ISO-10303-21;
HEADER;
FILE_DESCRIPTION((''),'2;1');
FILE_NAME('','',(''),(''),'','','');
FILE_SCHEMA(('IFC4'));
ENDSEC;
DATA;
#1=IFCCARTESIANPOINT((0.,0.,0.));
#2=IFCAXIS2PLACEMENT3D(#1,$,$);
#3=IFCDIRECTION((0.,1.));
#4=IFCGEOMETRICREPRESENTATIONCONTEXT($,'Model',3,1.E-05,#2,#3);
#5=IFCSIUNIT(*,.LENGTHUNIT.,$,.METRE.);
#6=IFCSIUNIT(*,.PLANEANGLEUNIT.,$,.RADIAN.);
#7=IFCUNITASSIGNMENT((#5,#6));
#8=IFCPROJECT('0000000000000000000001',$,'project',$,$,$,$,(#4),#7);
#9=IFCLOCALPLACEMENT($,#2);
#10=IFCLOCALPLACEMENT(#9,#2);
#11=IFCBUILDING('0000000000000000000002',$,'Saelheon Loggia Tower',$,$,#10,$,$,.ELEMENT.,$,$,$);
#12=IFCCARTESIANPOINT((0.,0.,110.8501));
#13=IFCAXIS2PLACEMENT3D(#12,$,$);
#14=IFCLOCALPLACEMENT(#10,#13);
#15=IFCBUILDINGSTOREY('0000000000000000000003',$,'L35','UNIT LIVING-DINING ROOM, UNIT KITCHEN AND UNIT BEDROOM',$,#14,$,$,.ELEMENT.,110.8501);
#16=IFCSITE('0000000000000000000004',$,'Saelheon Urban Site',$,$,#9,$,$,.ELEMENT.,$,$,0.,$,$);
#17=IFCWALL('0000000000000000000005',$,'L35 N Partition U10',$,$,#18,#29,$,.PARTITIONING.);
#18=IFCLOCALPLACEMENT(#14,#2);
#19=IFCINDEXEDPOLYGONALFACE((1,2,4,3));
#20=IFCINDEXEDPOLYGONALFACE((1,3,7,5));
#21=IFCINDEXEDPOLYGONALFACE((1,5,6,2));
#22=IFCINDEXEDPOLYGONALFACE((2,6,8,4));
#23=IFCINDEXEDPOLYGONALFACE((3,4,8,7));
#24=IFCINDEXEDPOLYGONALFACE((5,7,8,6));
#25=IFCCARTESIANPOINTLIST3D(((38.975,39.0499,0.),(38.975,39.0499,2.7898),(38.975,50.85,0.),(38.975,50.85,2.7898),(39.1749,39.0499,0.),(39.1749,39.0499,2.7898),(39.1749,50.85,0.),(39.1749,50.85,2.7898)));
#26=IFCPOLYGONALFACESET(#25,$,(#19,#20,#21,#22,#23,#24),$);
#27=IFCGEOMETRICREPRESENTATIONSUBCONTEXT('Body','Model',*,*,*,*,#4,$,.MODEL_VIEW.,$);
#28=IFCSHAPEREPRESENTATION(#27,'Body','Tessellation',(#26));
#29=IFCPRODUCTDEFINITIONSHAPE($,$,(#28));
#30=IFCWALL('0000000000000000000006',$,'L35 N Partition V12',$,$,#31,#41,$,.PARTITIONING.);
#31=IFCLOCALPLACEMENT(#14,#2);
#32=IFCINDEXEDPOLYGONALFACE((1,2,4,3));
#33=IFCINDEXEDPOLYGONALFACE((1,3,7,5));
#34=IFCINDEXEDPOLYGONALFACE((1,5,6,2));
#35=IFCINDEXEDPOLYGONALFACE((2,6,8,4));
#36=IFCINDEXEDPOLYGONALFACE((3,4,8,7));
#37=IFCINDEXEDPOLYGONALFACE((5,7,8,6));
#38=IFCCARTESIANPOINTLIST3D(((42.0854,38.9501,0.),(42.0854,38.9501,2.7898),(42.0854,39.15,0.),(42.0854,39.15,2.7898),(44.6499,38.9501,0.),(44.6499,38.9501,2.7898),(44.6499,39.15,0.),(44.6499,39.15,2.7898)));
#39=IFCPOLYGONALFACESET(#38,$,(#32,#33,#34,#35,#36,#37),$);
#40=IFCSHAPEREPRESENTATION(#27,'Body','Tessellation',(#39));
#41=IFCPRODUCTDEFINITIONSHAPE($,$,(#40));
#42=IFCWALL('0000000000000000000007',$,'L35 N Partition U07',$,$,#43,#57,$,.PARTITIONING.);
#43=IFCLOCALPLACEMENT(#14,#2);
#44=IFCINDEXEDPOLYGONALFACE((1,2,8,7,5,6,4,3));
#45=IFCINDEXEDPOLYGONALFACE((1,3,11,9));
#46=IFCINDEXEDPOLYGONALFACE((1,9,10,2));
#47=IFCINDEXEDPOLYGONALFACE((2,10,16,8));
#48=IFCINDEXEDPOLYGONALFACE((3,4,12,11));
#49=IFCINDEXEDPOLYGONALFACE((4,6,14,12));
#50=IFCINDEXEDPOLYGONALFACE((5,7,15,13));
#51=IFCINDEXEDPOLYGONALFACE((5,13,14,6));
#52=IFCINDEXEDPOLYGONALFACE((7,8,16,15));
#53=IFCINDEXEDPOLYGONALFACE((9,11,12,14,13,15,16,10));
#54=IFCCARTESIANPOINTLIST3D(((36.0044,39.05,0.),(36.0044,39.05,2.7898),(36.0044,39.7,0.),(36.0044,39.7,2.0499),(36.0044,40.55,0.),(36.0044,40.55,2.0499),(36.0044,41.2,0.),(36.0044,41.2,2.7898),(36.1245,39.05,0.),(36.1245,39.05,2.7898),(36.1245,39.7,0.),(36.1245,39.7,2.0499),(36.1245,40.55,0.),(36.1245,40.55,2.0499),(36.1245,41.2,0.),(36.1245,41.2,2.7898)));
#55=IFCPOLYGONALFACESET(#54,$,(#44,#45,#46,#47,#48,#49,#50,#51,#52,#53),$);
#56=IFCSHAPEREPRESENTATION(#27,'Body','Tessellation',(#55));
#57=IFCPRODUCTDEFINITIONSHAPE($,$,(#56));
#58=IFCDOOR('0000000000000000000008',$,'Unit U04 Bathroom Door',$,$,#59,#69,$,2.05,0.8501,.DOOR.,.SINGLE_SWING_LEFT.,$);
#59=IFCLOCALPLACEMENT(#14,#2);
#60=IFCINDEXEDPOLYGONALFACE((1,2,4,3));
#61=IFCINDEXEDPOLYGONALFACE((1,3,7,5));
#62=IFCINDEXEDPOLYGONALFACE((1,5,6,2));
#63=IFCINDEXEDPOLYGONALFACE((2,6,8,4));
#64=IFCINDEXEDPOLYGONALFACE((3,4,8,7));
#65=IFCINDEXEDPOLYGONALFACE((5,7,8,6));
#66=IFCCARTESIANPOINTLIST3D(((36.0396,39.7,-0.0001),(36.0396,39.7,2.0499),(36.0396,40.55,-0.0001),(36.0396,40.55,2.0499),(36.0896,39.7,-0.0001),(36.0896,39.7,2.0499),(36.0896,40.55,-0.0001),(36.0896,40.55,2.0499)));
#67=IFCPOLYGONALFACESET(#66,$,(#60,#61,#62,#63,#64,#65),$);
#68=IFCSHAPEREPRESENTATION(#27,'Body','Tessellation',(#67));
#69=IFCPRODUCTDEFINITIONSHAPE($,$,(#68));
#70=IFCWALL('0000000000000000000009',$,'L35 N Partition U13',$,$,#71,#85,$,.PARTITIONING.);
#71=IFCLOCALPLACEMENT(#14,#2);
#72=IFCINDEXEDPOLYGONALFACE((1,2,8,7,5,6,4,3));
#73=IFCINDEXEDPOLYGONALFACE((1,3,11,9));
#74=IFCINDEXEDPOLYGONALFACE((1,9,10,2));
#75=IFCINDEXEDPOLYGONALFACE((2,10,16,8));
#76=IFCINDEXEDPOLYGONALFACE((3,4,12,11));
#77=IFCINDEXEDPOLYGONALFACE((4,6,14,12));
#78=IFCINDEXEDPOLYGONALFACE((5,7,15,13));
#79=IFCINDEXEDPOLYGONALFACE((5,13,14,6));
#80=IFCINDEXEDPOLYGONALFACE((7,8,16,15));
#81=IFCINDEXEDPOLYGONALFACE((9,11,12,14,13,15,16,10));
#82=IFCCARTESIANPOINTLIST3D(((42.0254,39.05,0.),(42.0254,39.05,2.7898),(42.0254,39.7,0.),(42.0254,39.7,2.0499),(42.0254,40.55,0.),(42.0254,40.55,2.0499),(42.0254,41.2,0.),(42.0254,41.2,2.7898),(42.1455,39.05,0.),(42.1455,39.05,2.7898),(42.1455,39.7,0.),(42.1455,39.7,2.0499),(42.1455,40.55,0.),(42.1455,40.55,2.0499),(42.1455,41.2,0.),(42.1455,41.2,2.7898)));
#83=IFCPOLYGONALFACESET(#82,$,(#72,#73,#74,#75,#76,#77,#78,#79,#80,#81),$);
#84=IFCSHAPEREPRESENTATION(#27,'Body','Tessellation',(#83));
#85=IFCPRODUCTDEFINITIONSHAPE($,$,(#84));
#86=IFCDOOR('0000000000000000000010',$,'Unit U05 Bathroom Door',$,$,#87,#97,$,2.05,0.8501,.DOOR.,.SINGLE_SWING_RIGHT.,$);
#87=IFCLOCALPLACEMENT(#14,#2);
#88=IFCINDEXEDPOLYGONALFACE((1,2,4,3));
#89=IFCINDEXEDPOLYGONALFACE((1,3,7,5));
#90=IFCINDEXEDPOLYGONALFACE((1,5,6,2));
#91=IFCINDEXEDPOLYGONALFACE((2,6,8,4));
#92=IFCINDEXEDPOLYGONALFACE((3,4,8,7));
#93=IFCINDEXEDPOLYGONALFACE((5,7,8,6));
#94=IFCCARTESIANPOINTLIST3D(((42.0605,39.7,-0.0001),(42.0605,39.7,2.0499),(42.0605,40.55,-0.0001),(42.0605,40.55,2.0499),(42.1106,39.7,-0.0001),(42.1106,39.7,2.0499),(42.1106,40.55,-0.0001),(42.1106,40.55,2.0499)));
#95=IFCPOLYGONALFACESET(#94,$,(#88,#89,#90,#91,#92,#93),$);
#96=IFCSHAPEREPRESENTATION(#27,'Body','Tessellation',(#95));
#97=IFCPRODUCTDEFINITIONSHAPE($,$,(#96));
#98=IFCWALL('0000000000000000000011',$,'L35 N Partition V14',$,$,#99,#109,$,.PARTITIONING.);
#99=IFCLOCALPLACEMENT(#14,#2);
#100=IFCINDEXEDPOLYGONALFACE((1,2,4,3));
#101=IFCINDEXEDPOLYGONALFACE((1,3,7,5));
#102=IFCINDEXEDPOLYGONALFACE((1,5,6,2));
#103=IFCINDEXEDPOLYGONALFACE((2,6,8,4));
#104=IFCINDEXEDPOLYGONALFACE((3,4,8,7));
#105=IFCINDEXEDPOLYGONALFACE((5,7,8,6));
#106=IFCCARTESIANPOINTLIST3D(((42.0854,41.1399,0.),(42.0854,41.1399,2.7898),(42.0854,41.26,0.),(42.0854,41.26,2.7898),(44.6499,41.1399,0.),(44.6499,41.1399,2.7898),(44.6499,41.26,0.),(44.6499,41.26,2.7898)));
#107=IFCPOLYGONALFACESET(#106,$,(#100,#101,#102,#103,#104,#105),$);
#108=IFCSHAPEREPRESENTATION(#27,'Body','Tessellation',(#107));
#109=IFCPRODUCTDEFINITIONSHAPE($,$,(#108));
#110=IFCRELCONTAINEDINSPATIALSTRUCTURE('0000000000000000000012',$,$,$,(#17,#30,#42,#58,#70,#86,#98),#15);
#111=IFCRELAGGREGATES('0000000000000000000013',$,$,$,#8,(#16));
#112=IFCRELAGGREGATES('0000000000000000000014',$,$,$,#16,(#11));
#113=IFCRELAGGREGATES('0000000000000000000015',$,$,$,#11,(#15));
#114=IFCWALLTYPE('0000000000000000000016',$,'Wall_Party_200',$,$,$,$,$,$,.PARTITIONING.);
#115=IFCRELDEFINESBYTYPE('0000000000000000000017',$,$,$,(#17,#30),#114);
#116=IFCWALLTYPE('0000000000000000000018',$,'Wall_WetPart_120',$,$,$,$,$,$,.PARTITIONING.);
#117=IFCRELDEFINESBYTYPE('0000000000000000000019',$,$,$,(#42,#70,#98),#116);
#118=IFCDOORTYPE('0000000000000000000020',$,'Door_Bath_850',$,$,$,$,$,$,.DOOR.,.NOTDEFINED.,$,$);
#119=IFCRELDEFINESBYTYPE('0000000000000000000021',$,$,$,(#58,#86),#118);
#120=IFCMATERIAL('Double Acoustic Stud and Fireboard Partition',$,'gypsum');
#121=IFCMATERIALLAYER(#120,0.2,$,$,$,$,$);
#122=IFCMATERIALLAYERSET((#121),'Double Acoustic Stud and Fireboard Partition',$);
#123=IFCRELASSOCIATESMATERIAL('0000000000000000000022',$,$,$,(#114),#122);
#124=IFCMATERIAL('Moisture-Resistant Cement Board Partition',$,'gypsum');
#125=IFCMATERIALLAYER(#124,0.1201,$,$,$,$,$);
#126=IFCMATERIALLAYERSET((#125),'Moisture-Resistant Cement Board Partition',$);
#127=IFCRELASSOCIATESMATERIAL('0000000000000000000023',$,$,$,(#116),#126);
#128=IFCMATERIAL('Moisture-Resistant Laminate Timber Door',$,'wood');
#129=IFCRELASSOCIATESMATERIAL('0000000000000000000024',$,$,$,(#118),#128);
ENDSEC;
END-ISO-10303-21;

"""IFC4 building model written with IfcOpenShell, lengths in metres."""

from ifc_helpers import new_model, si_unit, direction, frame, frame_2d, origin, place, context, subcontext, project, spatial, rectangle, extrude, source, transform, mapped, material, layer, layer_set, type_object, element, fill, save


model = new_model("IFC4")

# Units and contexts
model_context = context("Model", 3, precision=1e-05, world=origin(), true_north=direction((0.0, 1.0)))
body_context = subcontext(model_context, "Body", "Model", "MODEL_VIEW")
ifc_project = project(units=[si_unit("LENGTHUNIT", "METRE"), si_unit("PLANEANGLEUNIT", "RADIAN")], contexts=[model_context])

# Site, building, storey
site_placement = place(None, origin())
site = spatial("IfcSite", under=ifc_project, at=site_placement, Name="Saelheon Urban Site", CompositionType="ELEMENT", RefElevation=0.0)
building_placement = place(site_placement, origin())
building = spatial("IfcBuilding", under=site, at=building_placement, Name="Saelheon Loggia Tower", CompositionType="ELEMENT")
storey_placement = place(building_placement, frame((0.0, 0.0, 110.8501)))
storey = spatial("IfcBuildingStorey", under=building, at=storey_placement, Name="L35", Description="UNIT LIVING-DINING ROOM, UNIT KITCHEN AND UNIT BEDROOM", CompositionType="ELEMENT", Elevation=110.8501)

# Shared definitions
ifc_material_1 = material(Name="Double Acoustic Stud and Fireboard Partition", Category="gypsum")
ifc_layer_1 = layer(ifc_material_1, 0.2)
ifc_layer_set_1 = layer_set([ifc_layer_1], Name="Double Acoustic Stud and Fireboard Partition")
wall_type_1 = type_object("IfcWallType", Name="Wall_Party_200", PredefinedType="PARTITIONING", material=ifc_layer_set_1)

# Wall
wall_1_placement = place(storey_placement, frame((39.075, 39.05, 0.0), z_axis=(0.0, 0.0, 1.0), x_axis=(0.0, 1.0, 0.0)))
element("IfcWall", 1, at=wall_1_placement, inside=storey, type_object=wall_type_1, Name="L35 N Partition U10", PredefinedType="PARTITIONING", context=body_context, shape_type="SweptSolid", body=[
    extrude(rectangle(XDim=11.8, YDim=0.2, at=frame_2d((5.8999, 0.0))), origin(), (0.0, 0.0, 1.0), 2.7898),
])

# Wall
wall_2_placement = place(storey_placement, frame((42.0854, 39.05, 0.0), z_axis=(0.0, 0.0, 1.0), x_axis=(1.0, 0.0, 0.0)))
element("IfcWall", 2, at=wall_2_placement, inside=storey, type_object=wall_type_1, Name="L35 N Partition V12", PredefinedType="PARTITIONING", context=body_context, shape_type="SweptSolid", body=[
    extrude(rectangle(XDim=2.5645, YDim=0.2, at=frame_2d((1.2822, 0.0))), origin(), (0.0, 0.0, 1.0), 2.7898),
])

# Walls, openings, doors
ifc_material_2 = material(Name="Moisture-Resistant Cement Board Partition", Category="gypsum")
ifc_layer_2 = layer(ifc_material_2, 0.1201)
ifc_layer_set_2 = layer_set([ifc_layer_2], Name="Moisture-Resistant Cement Board Partition")
wall_type_2 = type_object("IfcWallType", Name="Wall_WetPart_120", PredefinedType="PARTITIONING", material=ifc_layer_set_2)
wall_3_placement = place(storey_placement, frame((36.0645, 39.05, 0.0), z_axis=(0.0, 0.0, 1.0), x_axis=(0.0, 1.0, 0.0)))
wall_3 = element("IfcWall", 3, at=wall_3_placement, inside=storey, type_object=wall_type_2, Name="L35 N Partition U07", PredefinedType="PARTITIONING", context=body_context, shape_type="SweptSolid", body=[
    extrude(rectangle(XDim=2.1499, YDim=0.1201, at=frame_2d((1.075, 0.0))), origin(), (0.0, 0.0, 1.0), 2.7898),
])
opening_1_placement = place(wall_3_placement, frame((0.6499, 0.0, 0.0)))
opening_1 = element("IfcOpeningElement", 4, at=opening_1_placement, cuts=wall_3, PredefinedType="OPENING", context=body_context, shape_type="SweptSolid", body=[
    extrude(rectangle(XDim=0.8501, YDim=2.05, at=frame_2d((0.425, 1.0249))), frame((0.0, 0.072, 0.0), z_axis=(0.0, -1.0, 0.0), x_axis=(1.0, 0.0, 0.0)), (0.0, 0.0, 1.0), 0.144),
])
ifc_material_3 = material(Name="Moisture-Resistant Laminate Timber Door", Category="wood")
door_type_1 = type_object("IfcDoorType", Name="Door_Bath_850", OperationType="NOTDEFINED", PredefinedType="DOOR", material=ifc_material_3)
shared_shape_1 = source(origin(), body_context, "Body", "SweptSolid", [
    extrude(rectangle(XDim=0.8501, YDim=2.05, at=frame_2d((0.425, 1.0249))), frame((0.0, 0.0249, 0.0), z_axis=(0.0, -1.0, 0.0), x_axis=(1.0, 0.0, 0.0)), (0.0, 0.0, 1.0), 0.05),
])
door_1_placement = place(opening_1_placement, origin())
door_1 = element("IfcDoor", 5, at=door_1_placement, inside=storey, type_object=door_type_1, Name="Unit U04 Bathroom Door", OperationType="SINGLE_SWING_LEFT", OverallHeight=2.05, OverallWidth=0.8501, PredefinedType="DOOR", context=body_context, shape_type="MappedRepresentation", body=[
    mapped(shared_shape_1, transform((0.0, 0.0, 0.0), scale=1.0)),
])
fill(opening_1, door_1)
wall_4_placement = place(storey_placement, frame((42.0854, 39.05, 0.0), z_axis=(0.0, 0.0, 1.0), x_axis=(0.0, 1.0, 0.0)))
wall_4 = element("IfcWall", 6, at=wall_4_placement, inside=storey, type_object=wall_type_2, Name="L35 N Partition U13", PredefinedType="PARTITIONING", context=body_context, shape_type="SweptSolid", body=[
    extrude(rectangle(XDim=2.1499, YDim=0.1201, at=frame_2d((1.075, 0.0))), origin(), (0.0, 0.0, 1.0), 2.7898),
])
opening_2_placement = place(wall_4_placement, frame((0.6499, 0.0, 0.0)))
opening_2 = element("IfcOpeningElement", 7, at=opening_2_placement, cuts=wall_4, PredefinedType="OPENING", context=body_context, shape_type="SweptSolid", body=[
    extrude(rectangle(XDim=0.8501, YDim=2.05, at=frame_2d((0.425, 1.0249))), frame((0.0, 0.072, 0.0), z_axis=(0.0, -1.0, 0.0), x_axis=(1.0, 0.0, 0.0)), (0.0, 0.0, 1.0), 0.144),
])
door_2_placement = place(opening_2_placement, origin())
door_2 = element("IfcDoor", 8, at=door_2_placement, inside=storey, type_object=door_type_1, Name="Unit U05 Bathroom Door", OperationType="SINGLE_SWING_RIGHT", OverallHeight=2.05, OverallWidth=0.8501, PredefinedType="DOOR", context=body_context, shape_type="MappedRepresentation", body=[
    mapped(shared_shape_1, transform((0.0, 0.0, 0.0), scale=1.0)),
])
fill(opening_2, door_2)

# Wall
wall_5_placement = place(storey_placement, frame((42.0854, 41.2, 0.0), z_axis=(0.0, 0.0, 1.0), x_axis=(1.0, 0.0, 0.0)))
element("IfcWall", 9, at=wall_5_placement, inside=storey, type_object=wall_type_2, Name="L35 N Partition V14", PredefinedType="PARTITIONING", context=body_context, shape_type="SweptSolid", body=[
    extrude(rectangle(XDim=2.5645, YDim=0.1201, at=frame_2d((1.2822, 0.0))), origin(), (0.0, 0.0, 1.0), 2.7898),
])

save(model, "model.ifc")
